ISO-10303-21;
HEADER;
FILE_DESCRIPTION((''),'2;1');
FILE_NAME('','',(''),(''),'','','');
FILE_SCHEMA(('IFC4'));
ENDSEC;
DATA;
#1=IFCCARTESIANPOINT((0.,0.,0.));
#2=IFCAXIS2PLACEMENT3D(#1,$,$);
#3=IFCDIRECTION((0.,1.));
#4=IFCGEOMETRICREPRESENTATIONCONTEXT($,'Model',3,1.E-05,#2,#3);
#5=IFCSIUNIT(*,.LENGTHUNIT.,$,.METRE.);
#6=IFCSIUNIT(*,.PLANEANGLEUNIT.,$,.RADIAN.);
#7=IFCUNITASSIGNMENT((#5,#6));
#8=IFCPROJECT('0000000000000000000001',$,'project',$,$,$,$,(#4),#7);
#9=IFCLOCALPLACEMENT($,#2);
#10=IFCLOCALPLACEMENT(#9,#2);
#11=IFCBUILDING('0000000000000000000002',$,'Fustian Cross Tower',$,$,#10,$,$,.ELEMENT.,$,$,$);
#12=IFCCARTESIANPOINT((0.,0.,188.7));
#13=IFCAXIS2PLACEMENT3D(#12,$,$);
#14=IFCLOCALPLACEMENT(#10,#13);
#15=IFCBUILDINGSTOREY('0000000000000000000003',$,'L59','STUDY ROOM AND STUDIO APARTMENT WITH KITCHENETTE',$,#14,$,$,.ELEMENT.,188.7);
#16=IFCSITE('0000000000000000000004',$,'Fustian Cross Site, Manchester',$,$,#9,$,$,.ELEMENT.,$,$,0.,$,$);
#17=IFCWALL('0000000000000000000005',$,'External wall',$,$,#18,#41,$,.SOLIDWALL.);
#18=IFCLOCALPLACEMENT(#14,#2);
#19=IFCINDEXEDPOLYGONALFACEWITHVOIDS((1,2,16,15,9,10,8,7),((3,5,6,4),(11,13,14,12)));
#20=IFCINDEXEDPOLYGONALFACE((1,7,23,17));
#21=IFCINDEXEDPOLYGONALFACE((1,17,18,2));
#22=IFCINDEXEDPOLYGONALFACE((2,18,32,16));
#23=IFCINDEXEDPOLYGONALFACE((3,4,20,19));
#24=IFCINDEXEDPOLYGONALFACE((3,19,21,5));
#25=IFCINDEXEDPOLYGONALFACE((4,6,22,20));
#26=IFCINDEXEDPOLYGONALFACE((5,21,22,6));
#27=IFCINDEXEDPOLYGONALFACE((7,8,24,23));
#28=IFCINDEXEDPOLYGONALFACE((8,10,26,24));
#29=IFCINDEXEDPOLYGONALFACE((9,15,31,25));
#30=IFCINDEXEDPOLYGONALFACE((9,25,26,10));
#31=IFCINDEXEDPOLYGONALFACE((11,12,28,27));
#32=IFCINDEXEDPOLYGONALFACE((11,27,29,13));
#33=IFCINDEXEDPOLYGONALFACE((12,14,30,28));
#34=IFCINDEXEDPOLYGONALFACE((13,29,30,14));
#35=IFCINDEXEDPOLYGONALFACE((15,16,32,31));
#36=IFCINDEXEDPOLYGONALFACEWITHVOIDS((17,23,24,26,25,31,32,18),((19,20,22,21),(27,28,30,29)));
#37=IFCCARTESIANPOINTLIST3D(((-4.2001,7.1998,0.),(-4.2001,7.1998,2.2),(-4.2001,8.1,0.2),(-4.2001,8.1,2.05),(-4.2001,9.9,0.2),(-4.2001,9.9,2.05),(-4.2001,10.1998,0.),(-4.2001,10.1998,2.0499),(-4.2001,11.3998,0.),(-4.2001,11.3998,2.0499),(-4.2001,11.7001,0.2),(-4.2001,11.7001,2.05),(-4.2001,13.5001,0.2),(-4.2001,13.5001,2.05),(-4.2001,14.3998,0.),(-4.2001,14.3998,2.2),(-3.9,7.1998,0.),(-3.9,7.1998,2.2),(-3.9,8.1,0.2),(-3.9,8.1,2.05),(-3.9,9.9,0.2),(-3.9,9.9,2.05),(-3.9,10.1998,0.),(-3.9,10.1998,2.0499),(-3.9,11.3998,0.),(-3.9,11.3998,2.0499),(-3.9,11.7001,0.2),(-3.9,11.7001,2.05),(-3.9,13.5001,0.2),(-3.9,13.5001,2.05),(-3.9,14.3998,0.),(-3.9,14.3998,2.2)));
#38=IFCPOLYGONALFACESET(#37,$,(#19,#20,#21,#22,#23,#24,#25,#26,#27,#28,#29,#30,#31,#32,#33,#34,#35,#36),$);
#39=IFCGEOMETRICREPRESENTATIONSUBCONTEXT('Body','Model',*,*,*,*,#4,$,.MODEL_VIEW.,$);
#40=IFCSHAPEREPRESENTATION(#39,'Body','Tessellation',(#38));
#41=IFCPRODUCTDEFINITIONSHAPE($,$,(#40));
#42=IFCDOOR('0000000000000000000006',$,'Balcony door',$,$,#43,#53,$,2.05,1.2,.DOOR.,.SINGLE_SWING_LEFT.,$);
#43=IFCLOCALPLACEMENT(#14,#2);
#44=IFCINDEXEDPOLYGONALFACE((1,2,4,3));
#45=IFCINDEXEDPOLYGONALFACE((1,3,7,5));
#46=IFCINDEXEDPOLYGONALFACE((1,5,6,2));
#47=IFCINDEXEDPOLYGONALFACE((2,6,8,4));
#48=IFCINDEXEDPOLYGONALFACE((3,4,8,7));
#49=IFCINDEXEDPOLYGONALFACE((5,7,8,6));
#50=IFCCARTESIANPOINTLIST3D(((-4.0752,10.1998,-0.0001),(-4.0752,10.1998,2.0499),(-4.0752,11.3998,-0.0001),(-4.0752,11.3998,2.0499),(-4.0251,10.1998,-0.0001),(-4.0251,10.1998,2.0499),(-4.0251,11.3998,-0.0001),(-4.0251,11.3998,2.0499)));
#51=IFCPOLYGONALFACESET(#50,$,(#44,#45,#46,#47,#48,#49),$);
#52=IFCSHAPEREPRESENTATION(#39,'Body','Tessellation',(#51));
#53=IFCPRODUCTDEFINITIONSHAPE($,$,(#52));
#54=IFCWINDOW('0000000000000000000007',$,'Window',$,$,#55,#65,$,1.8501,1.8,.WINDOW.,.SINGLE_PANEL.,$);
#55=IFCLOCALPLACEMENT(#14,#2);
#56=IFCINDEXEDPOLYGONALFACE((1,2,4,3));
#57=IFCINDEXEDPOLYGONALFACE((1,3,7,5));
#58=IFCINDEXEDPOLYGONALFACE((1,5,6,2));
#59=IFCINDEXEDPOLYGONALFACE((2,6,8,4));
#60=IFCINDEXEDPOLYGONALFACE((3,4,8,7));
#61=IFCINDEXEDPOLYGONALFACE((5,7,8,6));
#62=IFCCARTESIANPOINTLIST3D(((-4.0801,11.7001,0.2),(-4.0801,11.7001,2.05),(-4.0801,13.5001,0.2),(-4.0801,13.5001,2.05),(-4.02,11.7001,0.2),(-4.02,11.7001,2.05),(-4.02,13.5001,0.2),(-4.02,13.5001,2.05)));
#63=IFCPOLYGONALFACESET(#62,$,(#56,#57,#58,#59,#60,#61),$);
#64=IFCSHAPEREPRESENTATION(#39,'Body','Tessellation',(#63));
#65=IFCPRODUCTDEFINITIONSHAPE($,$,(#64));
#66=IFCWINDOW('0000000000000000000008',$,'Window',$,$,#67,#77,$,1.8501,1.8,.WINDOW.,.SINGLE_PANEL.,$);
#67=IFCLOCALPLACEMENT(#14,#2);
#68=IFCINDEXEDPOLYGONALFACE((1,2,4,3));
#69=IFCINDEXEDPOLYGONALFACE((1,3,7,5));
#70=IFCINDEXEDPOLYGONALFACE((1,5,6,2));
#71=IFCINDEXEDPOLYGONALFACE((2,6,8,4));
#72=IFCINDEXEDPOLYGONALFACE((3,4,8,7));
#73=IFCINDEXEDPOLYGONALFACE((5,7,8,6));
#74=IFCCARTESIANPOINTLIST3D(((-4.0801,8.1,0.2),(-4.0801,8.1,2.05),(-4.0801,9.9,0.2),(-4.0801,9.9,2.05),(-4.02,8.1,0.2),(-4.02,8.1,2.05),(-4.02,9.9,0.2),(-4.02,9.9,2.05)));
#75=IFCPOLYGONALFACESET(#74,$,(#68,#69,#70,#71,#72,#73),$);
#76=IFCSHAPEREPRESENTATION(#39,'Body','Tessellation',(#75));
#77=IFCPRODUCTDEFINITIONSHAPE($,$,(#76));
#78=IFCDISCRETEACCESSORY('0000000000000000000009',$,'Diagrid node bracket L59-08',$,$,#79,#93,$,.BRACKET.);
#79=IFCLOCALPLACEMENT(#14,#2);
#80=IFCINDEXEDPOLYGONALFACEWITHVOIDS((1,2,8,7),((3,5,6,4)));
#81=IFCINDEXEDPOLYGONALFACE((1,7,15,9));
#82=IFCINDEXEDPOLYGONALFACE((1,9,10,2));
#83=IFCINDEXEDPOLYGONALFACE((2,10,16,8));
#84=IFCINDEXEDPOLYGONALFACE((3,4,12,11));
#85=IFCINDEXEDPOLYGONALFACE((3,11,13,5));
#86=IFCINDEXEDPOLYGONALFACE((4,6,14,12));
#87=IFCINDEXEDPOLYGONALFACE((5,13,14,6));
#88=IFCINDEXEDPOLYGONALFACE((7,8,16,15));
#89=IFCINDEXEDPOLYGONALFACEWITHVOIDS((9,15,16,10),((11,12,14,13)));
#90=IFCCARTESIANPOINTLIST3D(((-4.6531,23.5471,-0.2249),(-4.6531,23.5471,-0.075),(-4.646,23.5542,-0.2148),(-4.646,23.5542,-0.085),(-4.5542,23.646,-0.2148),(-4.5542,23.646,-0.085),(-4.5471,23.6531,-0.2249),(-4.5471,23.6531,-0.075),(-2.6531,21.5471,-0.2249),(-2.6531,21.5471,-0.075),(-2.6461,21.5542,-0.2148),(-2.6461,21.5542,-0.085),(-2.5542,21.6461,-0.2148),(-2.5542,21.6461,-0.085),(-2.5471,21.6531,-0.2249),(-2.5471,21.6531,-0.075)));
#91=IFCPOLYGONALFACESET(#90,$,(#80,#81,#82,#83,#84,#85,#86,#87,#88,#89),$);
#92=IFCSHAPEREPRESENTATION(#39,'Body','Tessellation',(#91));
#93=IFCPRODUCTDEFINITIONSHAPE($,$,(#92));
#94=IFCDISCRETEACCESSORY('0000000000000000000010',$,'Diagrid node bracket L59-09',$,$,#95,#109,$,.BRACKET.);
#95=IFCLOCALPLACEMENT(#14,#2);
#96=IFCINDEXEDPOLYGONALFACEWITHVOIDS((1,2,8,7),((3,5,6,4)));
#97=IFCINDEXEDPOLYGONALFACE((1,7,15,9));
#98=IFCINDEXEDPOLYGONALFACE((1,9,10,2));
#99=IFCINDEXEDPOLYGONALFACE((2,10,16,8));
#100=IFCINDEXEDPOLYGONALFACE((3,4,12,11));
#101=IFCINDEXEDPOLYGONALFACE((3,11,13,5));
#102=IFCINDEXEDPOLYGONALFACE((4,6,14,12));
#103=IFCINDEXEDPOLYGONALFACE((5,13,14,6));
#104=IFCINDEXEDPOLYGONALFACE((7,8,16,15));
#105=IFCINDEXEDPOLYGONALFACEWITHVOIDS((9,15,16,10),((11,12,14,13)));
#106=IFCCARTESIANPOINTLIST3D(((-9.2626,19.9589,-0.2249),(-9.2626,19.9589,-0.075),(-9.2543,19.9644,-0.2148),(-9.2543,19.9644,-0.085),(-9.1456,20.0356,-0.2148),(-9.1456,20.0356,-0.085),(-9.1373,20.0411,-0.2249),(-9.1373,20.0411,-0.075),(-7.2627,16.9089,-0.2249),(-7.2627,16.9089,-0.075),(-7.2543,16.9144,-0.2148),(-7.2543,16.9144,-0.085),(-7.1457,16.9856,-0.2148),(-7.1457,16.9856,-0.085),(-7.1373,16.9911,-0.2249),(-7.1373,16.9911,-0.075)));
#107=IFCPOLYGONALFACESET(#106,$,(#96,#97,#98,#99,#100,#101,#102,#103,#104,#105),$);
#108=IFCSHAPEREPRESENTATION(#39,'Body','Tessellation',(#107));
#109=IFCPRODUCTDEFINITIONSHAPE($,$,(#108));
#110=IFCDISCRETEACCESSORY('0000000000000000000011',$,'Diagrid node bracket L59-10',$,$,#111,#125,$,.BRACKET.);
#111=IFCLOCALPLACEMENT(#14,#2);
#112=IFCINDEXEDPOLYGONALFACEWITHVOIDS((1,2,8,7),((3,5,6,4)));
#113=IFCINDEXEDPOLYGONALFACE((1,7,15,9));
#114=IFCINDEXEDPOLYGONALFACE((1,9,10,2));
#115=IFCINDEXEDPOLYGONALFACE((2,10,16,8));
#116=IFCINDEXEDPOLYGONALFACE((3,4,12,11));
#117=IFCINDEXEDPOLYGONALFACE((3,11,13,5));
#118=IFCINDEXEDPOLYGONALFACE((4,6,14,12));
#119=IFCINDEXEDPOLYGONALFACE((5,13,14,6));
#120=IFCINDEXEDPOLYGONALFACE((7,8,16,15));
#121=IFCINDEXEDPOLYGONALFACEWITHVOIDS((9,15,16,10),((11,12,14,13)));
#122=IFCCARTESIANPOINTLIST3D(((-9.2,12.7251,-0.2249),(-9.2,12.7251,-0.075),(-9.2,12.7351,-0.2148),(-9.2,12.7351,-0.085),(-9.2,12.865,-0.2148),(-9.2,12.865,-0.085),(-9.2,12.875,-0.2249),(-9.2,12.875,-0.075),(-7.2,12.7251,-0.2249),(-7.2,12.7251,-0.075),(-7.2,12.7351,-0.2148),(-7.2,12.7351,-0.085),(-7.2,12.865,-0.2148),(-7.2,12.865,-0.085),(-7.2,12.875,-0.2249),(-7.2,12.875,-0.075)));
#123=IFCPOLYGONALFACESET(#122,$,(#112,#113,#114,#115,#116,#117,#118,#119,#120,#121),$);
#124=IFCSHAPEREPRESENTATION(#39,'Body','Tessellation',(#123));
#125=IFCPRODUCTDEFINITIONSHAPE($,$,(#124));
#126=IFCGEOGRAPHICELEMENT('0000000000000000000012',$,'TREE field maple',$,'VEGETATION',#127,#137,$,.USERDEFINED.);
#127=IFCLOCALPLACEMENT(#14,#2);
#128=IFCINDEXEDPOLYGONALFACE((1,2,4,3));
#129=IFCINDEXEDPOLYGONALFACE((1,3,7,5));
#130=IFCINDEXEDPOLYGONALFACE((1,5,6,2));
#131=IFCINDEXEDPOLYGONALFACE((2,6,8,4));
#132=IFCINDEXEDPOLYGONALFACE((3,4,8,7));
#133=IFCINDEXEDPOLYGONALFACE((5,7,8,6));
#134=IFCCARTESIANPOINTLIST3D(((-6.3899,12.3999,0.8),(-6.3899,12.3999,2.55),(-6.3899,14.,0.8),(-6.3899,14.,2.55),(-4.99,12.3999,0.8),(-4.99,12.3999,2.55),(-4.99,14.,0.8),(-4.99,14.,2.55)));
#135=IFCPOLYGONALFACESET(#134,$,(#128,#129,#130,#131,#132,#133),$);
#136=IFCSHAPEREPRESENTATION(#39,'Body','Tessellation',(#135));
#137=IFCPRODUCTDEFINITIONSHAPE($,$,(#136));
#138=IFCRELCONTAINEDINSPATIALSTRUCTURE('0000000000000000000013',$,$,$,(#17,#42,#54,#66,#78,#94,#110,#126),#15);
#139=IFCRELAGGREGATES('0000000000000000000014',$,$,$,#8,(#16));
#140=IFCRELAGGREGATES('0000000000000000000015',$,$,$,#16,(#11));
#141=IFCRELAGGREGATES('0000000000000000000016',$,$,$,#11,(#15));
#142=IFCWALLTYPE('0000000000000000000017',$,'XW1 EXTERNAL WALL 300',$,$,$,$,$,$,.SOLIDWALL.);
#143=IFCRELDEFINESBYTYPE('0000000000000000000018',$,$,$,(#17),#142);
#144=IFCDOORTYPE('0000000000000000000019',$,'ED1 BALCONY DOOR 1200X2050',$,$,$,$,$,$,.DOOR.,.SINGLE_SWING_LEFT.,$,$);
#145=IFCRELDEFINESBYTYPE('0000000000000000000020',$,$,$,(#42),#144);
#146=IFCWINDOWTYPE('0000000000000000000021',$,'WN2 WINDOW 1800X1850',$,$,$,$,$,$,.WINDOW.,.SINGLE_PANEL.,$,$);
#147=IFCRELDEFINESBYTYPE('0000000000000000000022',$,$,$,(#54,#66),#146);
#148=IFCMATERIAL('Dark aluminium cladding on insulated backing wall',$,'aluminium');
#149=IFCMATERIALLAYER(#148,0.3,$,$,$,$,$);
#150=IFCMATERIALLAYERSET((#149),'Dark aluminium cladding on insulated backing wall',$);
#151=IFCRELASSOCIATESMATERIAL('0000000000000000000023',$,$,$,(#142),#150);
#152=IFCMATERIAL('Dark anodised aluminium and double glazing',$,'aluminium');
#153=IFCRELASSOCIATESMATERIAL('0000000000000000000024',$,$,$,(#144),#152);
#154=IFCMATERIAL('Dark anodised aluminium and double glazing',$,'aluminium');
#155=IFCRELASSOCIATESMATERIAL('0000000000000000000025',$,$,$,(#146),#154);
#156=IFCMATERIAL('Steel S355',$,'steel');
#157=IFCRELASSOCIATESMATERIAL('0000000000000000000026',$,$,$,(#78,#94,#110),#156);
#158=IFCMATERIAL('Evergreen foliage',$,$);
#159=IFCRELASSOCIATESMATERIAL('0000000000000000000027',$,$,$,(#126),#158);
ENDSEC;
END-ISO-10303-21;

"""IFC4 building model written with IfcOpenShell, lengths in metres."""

from ifc_helpers import new_model, si_unit, direction, frame, frame_2d, origin, origin_2d, place, context, subcontext, project, spatial, rectangle, hollow_rectangle, extrude, material, layer, layer_set, type_object, element, fill, save


model = new_model("IFC4")

# Units and contexts
model_context = context("Model", 3, precision=1e-05, world=origin(), true_north=direction((0.0, 1.0)))
body_context = subcontext(model_context, "Body", "Model", "MODEL_VIEW")
ifc_project = project(units=[si_unit("LENGTHUNIT", "METRE"), si_unit("PLANEANGLEUNIT", "RADIAN")], contexts=[model_context])

# Site, building, storey
site_placement = place(None, origin())
site = spatial("IfcSite", under=ifc_project, at=site_placement, Name="Fustian Cross Site, Manchester", CompositionType="ELEMENT", RefElevation=0.0)
building_placement = place(site_placement, origin())
building = spatial("IfcBuilding", under=site, at=building_placement, Name="Fustian Cross Tower", CompositionType="ELEMENT")
storey_placement = place(building_placement, frame((0.0, 0.0, 188.7)))
storey = spatial("IfcBuildingStorey", under=building, at=storey_placement, Name="L59", Description="STUDY ROOM AND STUDIO APARTMENT WITH KITCHENETTE", CompositionType="ELEMENT", Elevation=188.7)

# Shared definitions
ifc_material_1 = material(Name="Dark aluminium cladding on insulated backing wall", Category="aluminium")
ifc_layer_1 = layer(ifc_material_1, 0.3)
ifc_layer_set_1 = layer_set([ifc_layer_1], Name="Dark aluminium cladding on insulated backing wall")
wall_type_1 = type_object("IfcWallType", Name="XW1 EXTERNAL WALL 300", PredefinedType="SOLIDWALL", material=ifc_layer_set_1)

# Wall, openings, door, windows
wall_1_placement = place(storey_placement, frame((-4.05, 14.3999, 0.0), z_axis=(0.0, 0.0, 1.0), x_axis=(0.0, -1.0, 0.0)))
wall_1 = element("IfcWall", 1, at=wall_1_placement, inside=storey, type_object=wall_type_1, Name="External wall", PredefinedType="SOLIDWALL", context=body_context, shape_type="SweptSolid", body=[
    extrude(rectangle(XDim=7.2, YDim=0.3, at=frame_2d((3.6001, 0.0))), origin(), (0.0, 0.0, 1.0), 2.2),
])
opening_1_placement = place(wall_1_placement, frame((3.0, 0.0, 0.0)))
opening_1 = element("IfcOpeningElement", 2, at=opening_1_placement, cuts=wall_1, PredefinedType="OPENING", context=body_context, shape_type="SweptSolid", body=[
    extrude(rectangle(XDim=1.2, YDim=2.05, at=frame_2d((0.6001, 1.0249))), frame((0.0, 0.1599, 0.0), z_axis=(0.0, -1.0, 0.0), x_axis=(1.0, 0.0, 0.0)), (0.0, 0.0, 1.0), 0.3201),
])
opening_2_placement = place(wall_1_placement, frame((0.8999, 0.0, 0.2)))
opening_2 = element("IfcOpeningElement", 3, at=opening_2_placement, cuts=wall_1, PredefinedType="OPENING", context=body_context, shape_type="SweptSolid", body=[
    extrude(rectangle(XDim=1.8, YDim=1.8501, at=frame_2d((0.8999, 0.925))), frame((0.0, 0.1599, 0.0), z_axis=(0.0, -1.0, 0.0), x_axis=(1.0, 0.0, 0.0)), (0.0, 0.0, 1.0), 0.3201),
])
opening_3_placement = place(wall_1_placement, frame((4.5, 0.0, 0.2)))
opening_3 = element("IfcOpeningElement", 4, at=opening_3_placement, cuts=wall_1, PredefinedType="OPENING", context=body_context, shape_type="SweptSolid", body=[
    extrude(rectangle(XDim=1.8, YDim=1.8501, at=frame_2d((0.8999, 0.925))), frame((0.0, 0.1599, 0.0), z_axis=(0.0, -1.0, 0.0), x_axis=(1.0, 0.0, 0.0)), (0.0, 0.0, 1.0), 0.3201),
])
ifc_material_2 = material(Name="Dark anodised aluminium and double glazing", Category="aluminium")
door_type = type_object("IfcDoorType", Name="ED1 BALCONY DOOR 1200X2050", OperationType="SINGLE_SWING_LEFT", PredefinedType="DOOR", material=ifc_material_2)
door_placement = place(opening_1_placement, origin())
door = element("IfcDoor", 5, at=door_placement, inside=storey, type_object=door_type, Name="Balcony door", OperationType="SINGLE_SWING_LEFT", OverallHeight=2.05, OverallWidth=1.2, PredefinedType="DOOR", context=body_context, shape_type="SweptSolid", body=[
    extrude(rectangle(XDim=1.2, YDim=2.05, at=frame_2d((0.6001, 1.0249))), frame((0.0, 0.0249, 0.0), z_axis=(0.0, -1.0, 0.0), x_axis=(1.0, 0.0, 0.0)), (0.0, 0.0, 1.0), 0.05),
])
fill(opening_1, door)
ifc_material_3 = material(Name="Dark anodised aluminium and double glazing", Category="aluminium")
window_type_1 = type_object("IfcWindowType", Name="WN2 WINDOW 1800X1850", PartitioningType="SINGLE_PANEL", PredefinedType="WINDOW", material=ifc_material_3)
window_1_placement = place(opening_2_placement, origin())
window_1 = element("IfcWindow", 6, at=window_1_placement, inside=storey, type_object=window_type_1, Name="Window", OverallHeight=1.8501, OverallWidth=1.8, PartitioningType="SINGLE_PANEL", PredefinedType="WINDOW", context=body_context, shape_type="SweptSolid", body=[
    extrude(rectangle(XDim=1.8, YDim=1.8501, at=frame_2d((0.8999, 0.925))), frame((0.0, 0.03, 0.0), z_axis=(0.0, -1.0, 0.0), x_axis=(1.0, 0.0, 0.0)), (0.0, 0.0, 1.0), 0.0601),
])
fill(opening_2, window_1)
window_2_placement = place(opening_3_placement, origin())
window_2 = element("IfcWindow", 7, at=window_2_placement, inside=storey, type_object=window_type_1, Name="Window", OverallHeight=1.8501, OverallWidth=1.8, PartitioningType="SINGLE_PANEL", PredefinedType="WINDOW", context=body_context, shape_type="SweptSolid", body=[
    extrude(rectangle(XDim=1.8, YDim=1.8501, at=frame_2d((0.8999, 0.925))), frame((0.0, 0.03, 0.0), z_axis=(0.0, -1.0, 0.0), x_axis=(1.0, 0.0, 0.0)), (0.0, 0.0, 1.0), 0.0601),
])
fill(opening_3, window_2)

# Discrete accessories
ifc_material_4 = material(Name="Steel S355", Category="steel")
discrete_accessory_1_placement = place(storey_placement, frame((-4.6001, 23.6001, -0.1499), z_axis=(0.707107, -0.707107, 0.0), x_axis=(0.707107, 0.707107, 0.0)))
element("IfcDiscreteAccessory", 8, at=discrete_accessory_1_placement, inside=storey, material=ifc_material_4, Name="Diagrid node bracket L59-08", PredefinedType="BRACKET", context=body_context, shape_type="SweptSolid", body=[
    extrude(hollow_rectangle(XDim=0.1499, YDim=0.1499, WallThickness=0.01, at=origin_2d()), origin(), (0.0, 0.0, 1.0), 2.8284),
])
discrete_accessory_2_placement = place(storey_placement, frame((-9.2, 20.0, -0.1499), z_axis=(0.548351, -0.836248, 0.0), x_axis=(0.836248, 0.548351, 0.0)))
element("IfcDiscreteAccessory", 9, at=discrete_accessory_2_placement, inside=storey, material=ifc_material_4, Name="Diagrid node bracket L59-09", PredefinedType="BRACKET", context=body_context, shape_type="SweptSolid", body=[
    extrude(hollow_rectangle(XDim=0.1499, YDim=0.1499, WallThickness=0.01, at=origin_2d()), origin(), (0.0, 0.0, 1.0), 3.6472),
])
discrete_accessory_3_placement = place(storey_placement, frame((-9.2, 12.8, -0.1499), z_axis=(1.0, 0.0, 0.0), x_axis=(0.0, 1.0, 0.0)))
element("IfcDiscreteAccessory", 10, at=discrete_accessory_3_placement, inside=storey, material=ifc_material_4, Name="Diagrid node bracket L59-10", PredefinedType="BRACKET", context=body_context, shape_type="SweptSolid", body=[
    extrude(hollow_rectangle(XDim=0.1499, YDim=0.1499, WallThickness=0.01, at=origin_2d()), origin(), (0.0, 0.0, 1.0), 2.0),
])

# Geographic element
ifc_material_5 = material(Name="Evergreen foliage")
geographic_element_placement = place(storey_placement, frame((-5.6899, 13.2, 0.8), z_axis=(0.0, 0.0, 1.0), x_axis=(1.0, 0.0, 0.0)))
element("IfcGeographicElement", 11, at=geographic_element_placement, inside=storey, material=ifc_material_5, Name="TREE field maple", ObjectType="VEGETATION", PredefinedType="USERDEFINED", context=body_context, shape_type="SweptSolid", body=[
    extrude(rectangle(XDim=1.3999, YDim=1.6001, at=origin_2d()), origin(), (0.0, 0.0, 1.0), 1.75),
])

save(model, "model.ifc")
